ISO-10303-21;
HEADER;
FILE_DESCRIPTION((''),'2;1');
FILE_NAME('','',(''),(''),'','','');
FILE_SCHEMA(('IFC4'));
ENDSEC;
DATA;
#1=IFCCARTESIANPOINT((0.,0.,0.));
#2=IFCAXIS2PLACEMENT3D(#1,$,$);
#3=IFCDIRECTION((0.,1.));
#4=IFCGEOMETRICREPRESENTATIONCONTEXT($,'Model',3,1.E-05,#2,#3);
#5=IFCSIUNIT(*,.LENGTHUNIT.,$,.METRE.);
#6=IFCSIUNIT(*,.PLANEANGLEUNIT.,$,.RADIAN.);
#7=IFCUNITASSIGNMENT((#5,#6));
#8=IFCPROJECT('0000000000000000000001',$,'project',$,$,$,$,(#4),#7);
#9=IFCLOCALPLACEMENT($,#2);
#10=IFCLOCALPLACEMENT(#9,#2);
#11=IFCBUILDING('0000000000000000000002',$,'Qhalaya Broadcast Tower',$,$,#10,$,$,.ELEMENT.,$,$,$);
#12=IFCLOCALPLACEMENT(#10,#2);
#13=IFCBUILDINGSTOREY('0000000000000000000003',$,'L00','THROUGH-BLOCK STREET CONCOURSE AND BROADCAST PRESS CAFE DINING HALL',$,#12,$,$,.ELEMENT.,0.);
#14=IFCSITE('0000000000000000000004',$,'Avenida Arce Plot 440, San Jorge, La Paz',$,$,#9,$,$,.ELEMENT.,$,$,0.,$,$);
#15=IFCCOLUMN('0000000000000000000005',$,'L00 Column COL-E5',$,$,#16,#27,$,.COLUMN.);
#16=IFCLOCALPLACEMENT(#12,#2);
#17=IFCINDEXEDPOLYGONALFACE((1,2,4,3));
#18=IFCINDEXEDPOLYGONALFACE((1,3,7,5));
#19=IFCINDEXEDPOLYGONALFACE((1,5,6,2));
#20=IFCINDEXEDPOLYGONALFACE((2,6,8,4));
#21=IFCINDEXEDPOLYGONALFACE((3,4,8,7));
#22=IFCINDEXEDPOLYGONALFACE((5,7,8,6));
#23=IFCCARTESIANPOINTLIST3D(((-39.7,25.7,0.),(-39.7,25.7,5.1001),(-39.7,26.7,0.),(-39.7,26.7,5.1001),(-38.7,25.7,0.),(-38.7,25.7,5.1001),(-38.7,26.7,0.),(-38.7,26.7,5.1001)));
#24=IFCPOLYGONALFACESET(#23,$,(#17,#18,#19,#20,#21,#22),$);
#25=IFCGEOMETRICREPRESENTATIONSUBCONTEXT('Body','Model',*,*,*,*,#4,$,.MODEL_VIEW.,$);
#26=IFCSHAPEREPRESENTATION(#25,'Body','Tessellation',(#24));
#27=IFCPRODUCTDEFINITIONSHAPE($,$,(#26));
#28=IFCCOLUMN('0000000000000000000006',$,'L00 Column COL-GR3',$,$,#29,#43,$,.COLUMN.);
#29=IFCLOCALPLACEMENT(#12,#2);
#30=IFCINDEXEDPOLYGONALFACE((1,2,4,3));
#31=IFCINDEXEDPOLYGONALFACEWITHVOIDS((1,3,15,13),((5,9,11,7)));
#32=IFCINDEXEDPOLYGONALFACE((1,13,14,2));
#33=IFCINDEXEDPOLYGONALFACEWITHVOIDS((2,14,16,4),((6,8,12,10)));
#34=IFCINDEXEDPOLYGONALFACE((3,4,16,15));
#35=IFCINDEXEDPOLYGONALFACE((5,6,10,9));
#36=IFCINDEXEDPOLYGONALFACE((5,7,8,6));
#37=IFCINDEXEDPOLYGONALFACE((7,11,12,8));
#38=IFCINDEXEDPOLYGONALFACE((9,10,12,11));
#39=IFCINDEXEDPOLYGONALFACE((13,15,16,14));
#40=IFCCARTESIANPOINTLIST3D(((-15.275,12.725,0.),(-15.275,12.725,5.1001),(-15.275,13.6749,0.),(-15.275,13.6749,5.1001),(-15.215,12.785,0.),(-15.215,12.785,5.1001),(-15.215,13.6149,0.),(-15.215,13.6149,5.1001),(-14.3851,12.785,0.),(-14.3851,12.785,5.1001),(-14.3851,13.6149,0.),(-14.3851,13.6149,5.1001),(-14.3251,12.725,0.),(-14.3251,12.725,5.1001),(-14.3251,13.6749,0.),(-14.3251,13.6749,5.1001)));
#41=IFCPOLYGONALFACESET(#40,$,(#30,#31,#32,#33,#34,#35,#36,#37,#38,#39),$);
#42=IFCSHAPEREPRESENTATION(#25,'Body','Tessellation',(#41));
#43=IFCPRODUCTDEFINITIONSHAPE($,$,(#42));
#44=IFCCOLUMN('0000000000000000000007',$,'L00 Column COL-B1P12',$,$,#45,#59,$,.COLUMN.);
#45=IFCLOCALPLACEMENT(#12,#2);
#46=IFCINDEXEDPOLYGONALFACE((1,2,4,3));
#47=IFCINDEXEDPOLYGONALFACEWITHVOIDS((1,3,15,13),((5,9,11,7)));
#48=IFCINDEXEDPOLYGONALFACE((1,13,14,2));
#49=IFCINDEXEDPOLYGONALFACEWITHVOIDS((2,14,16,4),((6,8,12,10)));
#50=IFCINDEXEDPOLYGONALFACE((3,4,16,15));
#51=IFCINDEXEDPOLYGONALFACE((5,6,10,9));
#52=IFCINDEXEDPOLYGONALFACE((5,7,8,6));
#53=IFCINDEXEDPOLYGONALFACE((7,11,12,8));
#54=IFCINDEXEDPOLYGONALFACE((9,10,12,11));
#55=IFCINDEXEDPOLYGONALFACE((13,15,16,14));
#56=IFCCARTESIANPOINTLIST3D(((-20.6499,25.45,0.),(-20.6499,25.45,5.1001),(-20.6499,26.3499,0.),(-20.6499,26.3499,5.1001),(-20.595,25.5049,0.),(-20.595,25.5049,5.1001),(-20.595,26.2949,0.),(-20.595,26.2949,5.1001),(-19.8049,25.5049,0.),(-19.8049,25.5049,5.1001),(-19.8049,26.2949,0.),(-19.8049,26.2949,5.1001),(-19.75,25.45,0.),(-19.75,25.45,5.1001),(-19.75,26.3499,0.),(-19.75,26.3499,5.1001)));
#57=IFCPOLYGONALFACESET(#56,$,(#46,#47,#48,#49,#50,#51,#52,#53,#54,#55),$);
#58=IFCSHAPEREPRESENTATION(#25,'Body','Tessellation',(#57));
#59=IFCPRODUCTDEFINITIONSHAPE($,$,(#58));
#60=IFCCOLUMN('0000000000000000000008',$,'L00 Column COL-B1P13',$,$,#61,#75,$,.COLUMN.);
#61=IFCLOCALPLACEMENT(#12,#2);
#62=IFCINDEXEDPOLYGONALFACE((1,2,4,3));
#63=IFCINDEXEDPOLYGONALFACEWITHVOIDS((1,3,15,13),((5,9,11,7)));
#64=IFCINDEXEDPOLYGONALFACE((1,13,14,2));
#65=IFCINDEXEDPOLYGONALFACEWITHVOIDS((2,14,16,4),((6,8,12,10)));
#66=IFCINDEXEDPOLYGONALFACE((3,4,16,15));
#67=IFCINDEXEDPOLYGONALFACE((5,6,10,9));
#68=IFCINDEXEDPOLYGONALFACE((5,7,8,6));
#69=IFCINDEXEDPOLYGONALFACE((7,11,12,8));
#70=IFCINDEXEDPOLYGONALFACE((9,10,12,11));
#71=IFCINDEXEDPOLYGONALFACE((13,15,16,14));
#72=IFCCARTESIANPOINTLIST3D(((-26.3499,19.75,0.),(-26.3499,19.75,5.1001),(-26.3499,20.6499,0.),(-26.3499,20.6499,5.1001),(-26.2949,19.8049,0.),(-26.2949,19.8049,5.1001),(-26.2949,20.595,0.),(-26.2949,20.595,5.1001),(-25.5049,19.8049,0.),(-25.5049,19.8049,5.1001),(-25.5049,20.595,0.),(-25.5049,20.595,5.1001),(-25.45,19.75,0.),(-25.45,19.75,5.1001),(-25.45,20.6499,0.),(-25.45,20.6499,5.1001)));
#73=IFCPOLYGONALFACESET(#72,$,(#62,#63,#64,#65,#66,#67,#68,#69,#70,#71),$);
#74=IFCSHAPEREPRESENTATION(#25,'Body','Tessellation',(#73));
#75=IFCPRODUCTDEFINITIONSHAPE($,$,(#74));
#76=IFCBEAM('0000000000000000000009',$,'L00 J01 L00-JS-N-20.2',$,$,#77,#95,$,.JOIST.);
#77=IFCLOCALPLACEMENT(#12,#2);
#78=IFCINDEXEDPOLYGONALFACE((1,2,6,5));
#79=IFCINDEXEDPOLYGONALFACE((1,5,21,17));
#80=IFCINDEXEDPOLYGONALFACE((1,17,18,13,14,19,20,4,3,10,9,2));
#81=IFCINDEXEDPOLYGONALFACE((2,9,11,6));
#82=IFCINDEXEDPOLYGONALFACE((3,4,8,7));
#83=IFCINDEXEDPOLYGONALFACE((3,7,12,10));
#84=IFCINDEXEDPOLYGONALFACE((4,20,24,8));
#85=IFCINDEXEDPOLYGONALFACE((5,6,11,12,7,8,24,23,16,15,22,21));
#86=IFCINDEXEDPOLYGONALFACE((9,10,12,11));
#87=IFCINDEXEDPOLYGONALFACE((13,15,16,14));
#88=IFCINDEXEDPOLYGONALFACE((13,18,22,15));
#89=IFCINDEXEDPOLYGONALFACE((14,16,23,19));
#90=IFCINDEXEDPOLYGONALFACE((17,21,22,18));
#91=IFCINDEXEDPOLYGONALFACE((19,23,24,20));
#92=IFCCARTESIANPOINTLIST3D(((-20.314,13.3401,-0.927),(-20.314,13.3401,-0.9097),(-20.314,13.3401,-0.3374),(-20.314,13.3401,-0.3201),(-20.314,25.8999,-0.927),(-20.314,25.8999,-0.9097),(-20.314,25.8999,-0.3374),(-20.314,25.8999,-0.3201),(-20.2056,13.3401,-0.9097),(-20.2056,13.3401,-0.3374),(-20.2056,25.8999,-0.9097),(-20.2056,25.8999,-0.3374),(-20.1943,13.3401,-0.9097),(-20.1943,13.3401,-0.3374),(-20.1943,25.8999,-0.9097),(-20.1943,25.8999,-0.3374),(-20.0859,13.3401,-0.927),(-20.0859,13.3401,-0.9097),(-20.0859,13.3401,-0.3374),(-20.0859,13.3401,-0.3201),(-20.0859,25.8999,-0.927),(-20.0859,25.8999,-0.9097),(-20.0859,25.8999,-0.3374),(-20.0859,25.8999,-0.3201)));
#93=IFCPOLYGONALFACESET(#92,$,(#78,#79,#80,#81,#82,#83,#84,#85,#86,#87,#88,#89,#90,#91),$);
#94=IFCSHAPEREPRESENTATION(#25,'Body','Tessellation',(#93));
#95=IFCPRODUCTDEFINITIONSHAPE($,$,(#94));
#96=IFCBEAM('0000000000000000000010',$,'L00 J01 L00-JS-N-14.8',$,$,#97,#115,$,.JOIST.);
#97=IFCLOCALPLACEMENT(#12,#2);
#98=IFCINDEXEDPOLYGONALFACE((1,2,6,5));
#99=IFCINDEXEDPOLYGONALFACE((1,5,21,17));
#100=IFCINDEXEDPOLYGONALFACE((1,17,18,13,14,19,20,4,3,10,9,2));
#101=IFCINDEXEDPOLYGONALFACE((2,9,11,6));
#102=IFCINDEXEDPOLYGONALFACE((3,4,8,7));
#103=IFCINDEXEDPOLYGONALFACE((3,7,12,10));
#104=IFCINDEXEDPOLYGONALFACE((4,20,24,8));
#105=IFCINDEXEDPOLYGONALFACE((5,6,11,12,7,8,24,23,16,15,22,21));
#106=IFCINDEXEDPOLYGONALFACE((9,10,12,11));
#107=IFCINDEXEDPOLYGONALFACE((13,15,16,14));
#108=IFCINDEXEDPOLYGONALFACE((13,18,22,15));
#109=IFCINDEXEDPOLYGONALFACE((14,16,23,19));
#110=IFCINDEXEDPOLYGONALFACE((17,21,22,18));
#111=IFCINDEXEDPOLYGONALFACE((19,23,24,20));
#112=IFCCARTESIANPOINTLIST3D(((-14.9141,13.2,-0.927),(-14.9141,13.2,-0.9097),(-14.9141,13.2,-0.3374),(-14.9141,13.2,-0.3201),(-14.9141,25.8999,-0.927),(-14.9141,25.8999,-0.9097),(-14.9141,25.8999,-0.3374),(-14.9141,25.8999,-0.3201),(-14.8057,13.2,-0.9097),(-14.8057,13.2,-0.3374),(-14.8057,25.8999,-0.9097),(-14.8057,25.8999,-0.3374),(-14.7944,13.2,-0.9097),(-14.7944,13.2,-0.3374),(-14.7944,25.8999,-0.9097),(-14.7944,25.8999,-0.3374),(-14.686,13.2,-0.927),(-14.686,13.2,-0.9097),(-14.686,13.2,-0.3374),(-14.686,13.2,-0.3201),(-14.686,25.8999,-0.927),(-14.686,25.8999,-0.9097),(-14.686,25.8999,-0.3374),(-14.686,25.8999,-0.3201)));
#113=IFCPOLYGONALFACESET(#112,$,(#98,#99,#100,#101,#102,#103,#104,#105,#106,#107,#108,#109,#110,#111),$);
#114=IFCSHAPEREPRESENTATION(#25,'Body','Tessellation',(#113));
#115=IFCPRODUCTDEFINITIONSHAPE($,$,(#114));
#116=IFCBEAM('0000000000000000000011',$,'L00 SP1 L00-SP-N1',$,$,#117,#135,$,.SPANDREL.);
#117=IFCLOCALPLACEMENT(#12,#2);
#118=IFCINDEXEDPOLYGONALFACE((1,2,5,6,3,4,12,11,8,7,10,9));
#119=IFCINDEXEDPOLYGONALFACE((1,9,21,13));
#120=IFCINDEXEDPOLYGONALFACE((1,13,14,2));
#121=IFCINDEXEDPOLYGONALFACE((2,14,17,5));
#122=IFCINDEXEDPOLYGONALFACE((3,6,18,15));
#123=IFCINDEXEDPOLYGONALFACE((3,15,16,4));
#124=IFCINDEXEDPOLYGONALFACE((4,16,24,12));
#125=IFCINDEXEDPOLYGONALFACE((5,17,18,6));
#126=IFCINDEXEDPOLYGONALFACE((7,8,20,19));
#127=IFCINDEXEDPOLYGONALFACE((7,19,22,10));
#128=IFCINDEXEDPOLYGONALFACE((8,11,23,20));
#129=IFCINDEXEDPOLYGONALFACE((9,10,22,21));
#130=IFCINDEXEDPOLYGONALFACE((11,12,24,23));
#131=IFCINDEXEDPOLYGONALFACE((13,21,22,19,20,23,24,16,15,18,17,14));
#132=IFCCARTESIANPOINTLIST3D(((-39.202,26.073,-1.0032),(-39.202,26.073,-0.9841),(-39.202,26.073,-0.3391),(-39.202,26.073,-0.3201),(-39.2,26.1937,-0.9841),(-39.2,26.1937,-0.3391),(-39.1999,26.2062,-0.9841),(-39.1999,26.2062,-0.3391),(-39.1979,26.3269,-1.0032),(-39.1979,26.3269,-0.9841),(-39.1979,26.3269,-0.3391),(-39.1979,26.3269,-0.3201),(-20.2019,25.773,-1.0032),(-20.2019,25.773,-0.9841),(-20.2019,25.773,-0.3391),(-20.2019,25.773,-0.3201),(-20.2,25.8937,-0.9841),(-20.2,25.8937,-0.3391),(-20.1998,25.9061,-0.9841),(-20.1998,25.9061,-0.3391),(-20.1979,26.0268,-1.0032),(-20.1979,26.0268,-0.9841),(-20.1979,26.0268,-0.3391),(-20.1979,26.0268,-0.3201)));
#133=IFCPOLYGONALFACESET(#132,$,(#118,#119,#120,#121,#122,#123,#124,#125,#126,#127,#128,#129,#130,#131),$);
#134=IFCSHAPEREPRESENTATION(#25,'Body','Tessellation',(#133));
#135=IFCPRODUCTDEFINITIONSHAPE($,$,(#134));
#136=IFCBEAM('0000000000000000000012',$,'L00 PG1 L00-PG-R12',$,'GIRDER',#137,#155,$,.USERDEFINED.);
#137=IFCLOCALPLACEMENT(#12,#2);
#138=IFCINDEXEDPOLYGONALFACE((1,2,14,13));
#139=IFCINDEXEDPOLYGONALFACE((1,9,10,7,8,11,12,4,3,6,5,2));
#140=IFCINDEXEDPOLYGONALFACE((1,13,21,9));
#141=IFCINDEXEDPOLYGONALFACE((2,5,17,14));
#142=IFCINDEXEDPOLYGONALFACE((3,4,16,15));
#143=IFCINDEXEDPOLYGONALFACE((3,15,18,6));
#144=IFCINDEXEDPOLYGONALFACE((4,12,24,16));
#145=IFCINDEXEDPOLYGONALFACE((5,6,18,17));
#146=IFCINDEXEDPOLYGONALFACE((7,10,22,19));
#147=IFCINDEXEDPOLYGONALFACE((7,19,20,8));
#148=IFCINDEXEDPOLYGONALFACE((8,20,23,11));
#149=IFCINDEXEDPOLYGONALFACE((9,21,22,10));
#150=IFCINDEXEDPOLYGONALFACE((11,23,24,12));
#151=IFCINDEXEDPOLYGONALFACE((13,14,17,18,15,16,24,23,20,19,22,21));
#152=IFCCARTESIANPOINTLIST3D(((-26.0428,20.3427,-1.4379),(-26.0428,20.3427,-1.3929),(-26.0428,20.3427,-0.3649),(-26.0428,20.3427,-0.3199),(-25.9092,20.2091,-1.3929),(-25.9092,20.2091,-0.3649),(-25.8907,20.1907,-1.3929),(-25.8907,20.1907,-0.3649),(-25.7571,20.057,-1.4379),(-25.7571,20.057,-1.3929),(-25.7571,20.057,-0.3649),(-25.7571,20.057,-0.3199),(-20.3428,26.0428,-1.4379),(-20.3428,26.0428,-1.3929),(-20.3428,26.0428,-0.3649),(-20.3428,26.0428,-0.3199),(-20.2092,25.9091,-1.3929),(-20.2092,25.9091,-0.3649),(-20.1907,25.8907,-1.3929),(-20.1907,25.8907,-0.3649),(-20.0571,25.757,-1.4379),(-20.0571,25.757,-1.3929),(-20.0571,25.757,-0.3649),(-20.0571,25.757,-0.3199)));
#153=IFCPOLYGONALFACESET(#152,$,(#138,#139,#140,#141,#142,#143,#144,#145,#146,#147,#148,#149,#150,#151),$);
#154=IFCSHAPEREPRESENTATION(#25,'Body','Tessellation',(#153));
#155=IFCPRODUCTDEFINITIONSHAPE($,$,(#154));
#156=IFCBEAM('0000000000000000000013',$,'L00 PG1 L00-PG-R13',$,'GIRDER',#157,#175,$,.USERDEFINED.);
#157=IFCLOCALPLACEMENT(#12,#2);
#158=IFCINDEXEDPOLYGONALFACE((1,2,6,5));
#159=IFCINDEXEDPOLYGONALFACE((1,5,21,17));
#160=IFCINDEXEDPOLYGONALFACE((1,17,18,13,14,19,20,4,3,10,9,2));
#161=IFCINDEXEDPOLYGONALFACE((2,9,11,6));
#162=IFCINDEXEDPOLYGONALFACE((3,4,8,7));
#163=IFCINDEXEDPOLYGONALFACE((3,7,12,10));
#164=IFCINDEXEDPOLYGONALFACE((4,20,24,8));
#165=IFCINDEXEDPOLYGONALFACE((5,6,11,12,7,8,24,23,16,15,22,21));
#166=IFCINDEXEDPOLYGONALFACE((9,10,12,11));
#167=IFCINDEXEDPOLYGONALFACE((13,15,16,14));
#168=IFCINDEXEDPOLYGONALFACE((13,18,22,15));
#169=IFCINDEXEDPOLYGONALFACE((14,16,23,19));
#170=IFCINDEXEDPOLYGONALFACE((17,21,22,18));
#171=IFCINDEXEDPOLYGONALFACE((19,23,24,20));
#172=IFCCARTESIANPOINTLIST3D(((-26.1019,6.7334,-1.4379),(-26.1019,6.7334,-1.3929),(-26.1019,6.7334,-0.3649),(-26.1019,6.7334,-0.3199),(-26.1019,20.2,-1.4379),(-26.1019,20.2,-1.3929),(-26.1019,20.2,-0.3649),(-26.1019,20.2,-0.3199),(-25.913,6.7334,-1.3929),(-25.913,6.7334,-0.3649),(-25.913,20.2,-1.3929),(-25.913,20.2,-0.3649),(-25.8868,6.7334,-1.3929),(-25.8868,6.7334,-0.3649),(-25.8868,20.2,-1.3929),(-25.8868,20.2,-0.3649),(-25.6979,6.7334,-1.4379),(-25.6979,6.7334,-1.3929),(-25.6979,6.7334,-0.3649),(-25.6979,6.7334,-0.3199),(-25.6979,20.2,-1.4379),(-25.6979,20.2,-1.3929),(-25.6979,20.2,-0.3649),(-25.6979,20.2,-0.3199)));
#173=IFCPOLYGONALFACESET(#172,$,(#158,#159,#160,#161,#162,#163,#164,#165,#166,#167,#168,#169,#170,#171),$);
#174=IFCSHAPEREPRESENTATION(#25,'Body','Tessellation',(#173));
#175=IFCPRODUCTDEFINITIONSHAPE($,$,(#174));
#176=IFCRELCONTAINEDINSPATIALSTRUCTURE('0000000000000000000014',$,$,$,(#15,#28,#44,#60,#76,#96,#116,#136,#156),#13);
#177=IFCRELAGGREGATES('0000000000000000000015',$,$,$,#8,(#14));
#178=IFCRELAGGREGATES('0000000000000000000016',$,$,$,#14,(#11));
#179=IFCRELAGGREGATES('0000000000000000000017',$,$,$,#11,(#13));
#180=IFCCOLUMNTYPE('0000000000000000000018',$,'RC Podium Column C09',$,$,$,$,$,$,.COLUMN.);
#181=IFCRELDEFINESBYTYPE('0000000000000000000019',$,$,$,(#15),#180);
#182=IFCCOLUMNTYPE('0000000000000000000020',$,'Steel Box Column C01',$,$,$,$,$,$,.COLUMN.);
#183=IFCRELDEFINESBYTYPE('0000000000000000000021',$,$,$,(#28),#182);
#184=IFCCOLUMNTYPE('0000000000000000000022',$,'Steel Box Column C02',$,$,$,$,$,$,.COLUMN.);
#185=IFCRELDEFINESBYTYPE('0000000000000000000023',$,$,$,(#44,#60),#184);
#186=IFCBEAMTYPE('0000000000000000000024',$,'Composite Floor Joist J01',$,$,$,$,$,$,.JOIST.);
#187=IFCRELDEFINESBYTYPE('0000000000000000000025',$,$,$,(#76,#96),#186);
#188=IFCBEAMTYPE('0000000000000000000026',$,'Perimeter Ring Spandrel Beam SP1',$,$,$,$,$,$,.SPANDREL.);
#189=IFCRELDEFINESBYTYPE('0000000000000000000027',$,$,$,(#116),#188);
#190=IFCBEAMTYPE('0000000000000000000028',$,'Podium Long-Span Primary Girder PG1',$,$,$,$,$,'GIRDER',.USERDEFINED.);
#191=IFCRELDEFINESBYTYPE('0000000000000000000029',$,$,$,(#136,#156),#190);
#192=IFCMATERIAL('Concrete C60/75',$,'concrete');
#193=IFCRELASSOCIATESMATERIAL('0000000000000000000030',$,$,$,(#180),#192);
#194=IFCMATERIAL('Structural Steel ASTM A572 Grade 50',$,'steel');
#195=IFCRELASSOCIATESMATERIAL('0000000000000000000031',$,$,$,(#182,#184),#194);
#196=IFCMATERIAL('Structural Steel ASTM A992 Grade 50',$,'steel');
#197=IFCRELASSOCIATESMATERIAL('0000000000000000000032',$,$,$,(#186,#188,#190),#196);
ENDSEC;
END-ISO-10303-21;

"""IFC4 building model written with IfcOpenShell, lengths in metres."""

from ifc_helpers import new_model, si_unit, direction, frame, origin, origin_2d, place, context, subcontext, project, spatial, rectangle, hollow_rectangle, i_section, extrude, material, material_profile, profile_set, type_object, element, save


model = new_model("IFC4")

# Units and contexts
model_context = context("Model", 3, precision=1e-05, world=origin(), true_north=direction((0.0, 1.0)))
body_context = subcontext(model_context, "Body", "Model", "MODEL_VIEW")
ifc_project = project(units=[si_unit("LENGTHUNIT", "METRE"), si_unit("PLANEANGLEUNIT", "RADIAN")], contexts=[model_context])

# Site, building, storey
site_placement = place(None, origin())
site = spatial("IfcSite", under=ifc_project, at=site_placement, Name="Avenida Arce Plot 440, San Jorge, La Paz", CompositionType="ELEMENT", RefElevation=0.0)
building_placement = place(site_placement, origin())
building = spatial("IfcBuilding", under=site, at=building_placement, Name="Qhalaya Broadcast Tower", CompositionType="ELEMENT")
storey_placement = place(building_placement, origin())
storey = spatial("IfcBuildingStorey", under=building, at=storey_placement, Name="L00", Description="THROUGH-BLOCK STREET CONCOURSE AND BROADCAST PRESS CAFE DINING HALL", CompositionType="ELEMENT", Elevation=0.0)

# Columns
ifc_material_1 = material(Name="Concrete C60/75", Category="concrete")
ifc_material_profile_1 = material_profile(ifc_material_1, rectangle(XDim=1.0, YDim=1.0, at=origin_2d()), Name="RC-COL 1000x1000")
ifc_profile_set_1 = profile_set([ifc_material_profile_1], Name="Concrete C60/75")
column_type_1 = type_object("IfcColumnType", Name="RC Podium Column C09", PredefinedType="COLUMN", material=ifc_profile_set_1)
column_1_placement = place(storey_placement, frame((-39.2, 26.2, 0.0), z_axis=(0.0, 0.0, 1.0), x_axis=(1.0, 0.0, 0.0)))
element("IfcColumn", 1, at=column_1_placement, inside=storey, type_object=column_type_1, Name="L00 Column COL-E5", PredefinedType="COLUMN", context=body_context, shape_type="SweptSolid", body=[
    extrude(rectangle(XDim=1.0, YDim=1.0, at=origin_2d()), origin(), (0.0, 0.0, 1.0), 5.1001),
])
ifc_material_2 = material(Name="Structural Steel ASTM A572 Grade 50", Category="steel")
ifc_material_profile_2 = material_profile(ifc_material_2, hollow_rectangle(XDim=0.95, YDim=0.95, WallThickness=0.0601, at=origin_2d()), Name="BOX 950x950x60")
ifc_profile_set_2 = profile_set([ifc_material_profile_2], Name="Structural Steel ASTM A572 Grade 50")
column_type_2 = type_object("IfcColumnType", Name="Steel Box Column C01", PredefinedType="COLUMN", material=ifc_profile_set_2)
column_2_placement = place(storey_placement, frame((-14.8, 13.2, 0.0), z_axis=(0.0, 0.0, 1.0), x_axis=(1.0, 0.0, 0.0)))
element("IfcColumn", 2, at=column_2_placement, inside=storey, type_object=column_type_2, Name="L00 Column COL-GR3", PredefinedType="COLUMN", context=body_context, shape_type="SweptSolid", body=[
    extrude(hollow_rectangle(XDim=0.95, YDim=0.95, WallThickness=0.0601, at=origin_2d()), origin(), (0.0, 0.0, 1.0), 5.1001),
])
ifc_material_profile_3 = material_profile(ifc_material_2, hollow_rectangle(XDim=0.8999, YDim=0.8999, WallThickness=0.0549, at=origin_2d()), Name="BOX 900x900x55")
ifc_profile_set_3 = profile_set([ifc_material_profile_3], Name="Structural Steel ASTM A572 Grade 50")
column_type_3 = type_object("IfcColumnType", Name="Steel Box Column C02", PredefinedType="COLUMN", material=ifc_profile_set_3)
for number, where, z_axis, x_axis, name in (
    (3, (-20.2, 25.8999, 0.0), (0.0, 0.0, 1.0), (1.0, 0.0, 0.0), "L00 Column COL-B1P12"),
    (4, (-25.8999, 20.2, 0.0), (0.0, 0.0, 1.0), (0.0, 1.0, 0.0), "L00 Column COL-B1P13"),
):
    element("IfcColumn", number, at=place(storey_placement, frame(where, z_axis=z_axis, x_axis=x_axis)), inside=storey, type_object=column_type_3, Name=name, PredefinedType="COLUMN", context=body_context, shape_type="SweptSolid", body=[
        extrude(hollow_rectangle(XDim=0.8999, YDim=0.8999, WallThickness=0.0549, at=origin_2d()), origin(), (0.0, 0.0, 1.0), 5.1001),
    ])

# Beams
ifc_material_3 = material(Name="Structural Steel ASTM A992 Grade 50", Category="steel")
ifc_material_profile_4 = material_profile(ifc_material_3, i_section(OverallWidth=0.228, OverallDepth=0.6069, WebThickness=0.0112, FlangeThickness=0.0173, at=origin_2d()), Name="W24X76")
ifc_profile_set_4 = profile_set([ifc_material_profile_4], Name="Structural Steel ASTM A992 Grade 50")
beam_type_1 = type_object("IfcBeamType", Name="Composite Floor Joist J01", PredefinedType="JOIST", material=ifc_profile_set_4)
beam_1_placement = place(storey_placement, frame((-20.2, 13.3401, -0.6235), z_axis=(0.0, 1.0, 0.0), x_axis=(-1.0, 0.0, 0.0)))
element("IfcBeam", 5, at=beam_1_placement, inside=storey, type_object=beam_type_1, Name="L00 J01 L00-JS-N-20.2", PredefinedType="JOIST", context=body_context, shape_type="SweptSolid", body=[
    extrude(i_section(OverallWidth=0.228, OverallDepth=0.6069, WebThickness=0.0112, FlangeThickness=0.0173, at=origin_2d()), origin(), (0.0, 0.0, 1.0), 12.5598),
])
beam_2_placement = place(storey_placement, frame((-14.8, 13.2, -0.6235), z_axis=(0.0, 1.0, 0.0), x_axis=(-1.0, 0.0, 0.0)))
element("IfcBeam", 6, at=beam_2_placement, inside=storey, type_object=beam_type_1, Name="L00 J01 L00-JS-N-14.8", PredefinedType="JOIST", context=body_context, shape_type="SweptSolid", body=[
    extrude(i_section(OverallWidth=0.228, OverallDepth=0.6069, WebThickness=0.0112, FlangeThickness=0.0173, at=origin_2d()), origin(), (0.0, 0.0, 1.0), 12.7),
])
ifc_material_profile_5 = material_profile(ifc_material_3, i_section(OverallWidth=0.2539, OverallDepth=0.6831, WebThickness=0.0125, FlangeThickness=0.019, at=origin_2d()), Name="W27X94")
ifc_profile_set_5 = profile_set([ifc_material_profile_5], Name="Structural Steel ASTM A992 Grade 50")
beam_type_2 = type_object("IfcBeamType", Name="Perimeter Ring Spandrel Beam SP1", PredefinedType="SPANDREL", material=ifc_profile_set_5)
beam_3_placement = place(storey_placement, frame((-39.2, 26.2, -0.6616), z_axis=(0.999875, -0.01579, 0.0), x_axis=(0.01579, 0.999875, 0.0)))
element("IfcBeam", 7, at=beam_3_placement, inside=storey, type_object=beam_type_2, Name="L00 SP1 L00-SP-N1", PredefinedType="SPANDREL", context=body_context, shape_type="SweptSolid", body=[
    extrude(i_section(OverallWidth=0.2539, OverallDepth=0.6831, WebThickness=0.0125, FlangeThickness=0.019, at=origin_2d()), origin(), (0.0, 0.0, 1.0), 19.0024),
])
ifc_material_profile_6 = material_profile(ifc_material_3, i_section(OverallWidth=0.4041, OverallDepth=1.1179, WebThickness=0.0261, FlangeThickness=0.0449, at=origin_2d()), Name="W44X335")
ifc_profile_set_6 = profile_set([ifc_material_profile_6], Name="Structural Steel ASTM A992 Grade 50")
beam_type_3 = type_object("IfcBeamType", Name="Podium Long-Span Primary Girder PG1", ElementType="GIRDER", PredefinedType="USERDEFINED", material=ifc_profile_set_6)
beam_4_placement = place(storey_placement, frame((-20.2, 25.8999, -0.8789), z_axis=(-0.707107, -0.707107, 0.0), x_axis=(0.707107, -0.707107, 0.0)))
element("IfcBeam", 8, at=beam_4_placement, inside=storey, type_object=beam_type_3, Name="L00 PG1 L00-PG-R12", ObjectType="GIRDER", PredefinedType="USERDEFINED", context=body_context, shape_type="SweptSolid", body=[
    extrude(i_section(OverallWidth=0.4041, OverallDepth=1.1179, WebThickness=0.0261, FlangeThickness=0.0449, at=origin_2d()), origin(), (0.0, 0.0, 1.0), 8.061),
])
beam_5_placement = place(storey_placement, frame((-25.8999, 20.2, -0.8789), z_axis=(0.0, -1.0, 0.0), x_axis=(1.0, 0.0, 0.0)))
element("IfcBeam", 9, at=beam_5_placement, inside=storey, type_object=beam_type_3, Name="L00 PG1 L00-PG-R13", ObjectType="GIRDER", PredefinedType="USERDEFINED", context=body_context, shape_type="SweptSolid", body=[
    extrude(i_section(OverallWidth=0.4041, OverallDepth=1.1179, WebThickness=0.0261, FlangeThickness=0.0449, at=origin_2d()), origin(), (0.0, 0.0, 1.0), 13.4666),
])

save(model, "model.ifc")
